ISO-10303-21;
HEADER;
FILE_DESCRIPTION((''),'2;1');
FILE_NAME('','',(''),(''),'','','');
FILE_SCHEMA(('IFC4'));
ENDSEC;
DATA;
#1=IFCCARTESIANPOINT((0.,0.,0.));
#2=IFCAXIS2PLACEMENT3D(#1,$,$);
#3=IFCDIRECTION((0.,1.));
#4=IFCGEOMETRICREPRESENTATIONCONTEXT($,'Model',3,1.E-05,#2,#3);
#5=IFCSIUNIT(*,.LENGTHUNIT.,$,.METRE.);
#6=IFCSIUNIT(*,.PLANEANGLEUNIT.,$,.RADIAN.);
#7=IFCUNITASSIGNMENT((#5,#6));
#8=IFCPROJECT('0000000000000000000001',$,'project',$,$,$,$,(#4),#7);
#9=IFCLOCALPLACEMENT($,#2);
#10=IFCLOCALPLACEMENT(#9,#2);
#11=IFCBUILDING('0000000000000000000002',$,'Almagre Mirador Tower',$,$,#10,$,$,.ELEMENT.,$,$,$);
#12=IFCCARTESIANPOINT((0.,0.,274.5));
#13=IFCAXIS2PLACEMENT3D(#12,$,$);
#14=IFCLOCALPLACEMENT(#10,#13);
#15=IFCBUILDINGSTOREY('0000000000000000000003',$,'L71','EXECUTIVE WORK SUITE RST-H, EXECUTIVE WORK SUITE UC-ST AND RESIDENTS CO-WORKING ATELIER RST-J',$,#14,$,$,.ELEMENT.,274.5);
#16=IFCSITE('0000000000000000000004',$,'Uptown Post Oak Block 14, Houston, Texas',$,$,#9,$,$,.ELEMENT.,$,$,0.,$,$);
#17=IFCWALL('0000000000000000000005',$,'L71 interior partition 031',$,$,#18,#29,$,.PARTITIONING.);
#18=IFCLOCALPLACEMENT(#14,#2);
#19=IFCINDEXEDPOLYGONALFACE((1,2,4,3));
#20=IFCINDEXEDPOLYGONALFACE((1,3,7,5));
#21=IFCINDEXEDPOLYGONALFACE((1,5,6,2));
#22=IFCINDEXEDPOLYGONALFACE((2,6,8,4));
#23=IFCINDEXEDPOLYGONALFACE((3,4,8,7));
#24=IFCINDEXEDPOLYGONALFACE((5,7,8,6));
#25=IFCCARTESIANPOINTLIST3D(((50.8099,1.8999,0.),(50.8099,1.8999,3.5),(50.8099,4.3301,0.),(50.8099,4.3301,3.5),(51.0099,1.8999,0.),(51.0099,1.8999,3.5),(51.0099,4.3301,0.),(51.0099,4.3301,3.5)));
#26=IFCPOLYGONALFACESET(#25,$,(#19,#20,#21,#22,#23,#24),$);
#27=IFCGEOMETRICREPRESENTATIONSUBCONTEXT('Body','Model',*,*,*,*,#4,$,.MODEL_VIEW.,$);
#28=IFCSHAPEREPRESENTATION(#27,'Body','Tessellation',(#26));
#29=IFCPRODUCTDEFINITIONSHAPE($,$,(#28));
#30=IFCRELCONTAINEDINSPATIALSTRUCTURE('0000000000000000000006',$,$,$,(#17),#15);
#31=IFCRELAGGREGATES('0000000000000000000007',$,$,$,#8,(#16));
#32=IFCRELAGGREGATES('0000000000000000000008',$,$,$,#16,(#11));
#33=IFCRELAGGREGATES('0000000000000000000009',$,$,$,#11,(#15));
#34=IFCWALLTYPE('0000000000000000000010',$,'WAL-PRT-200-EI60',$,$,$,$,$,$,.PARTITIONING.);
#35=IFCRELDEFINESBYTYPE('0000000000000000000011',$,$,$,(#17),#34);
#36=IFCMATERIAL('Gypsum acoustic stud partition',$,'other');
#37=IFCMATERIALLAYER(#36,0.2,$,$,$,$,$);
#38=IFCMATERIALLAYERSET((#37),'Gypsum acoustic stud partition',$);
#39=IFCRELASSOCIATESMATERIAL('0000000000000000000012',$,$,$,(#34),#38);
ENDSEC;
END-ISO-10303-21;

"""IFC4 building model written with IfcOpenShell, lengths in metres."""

from ifc_helpers import new_model, si_unit, direction, frame, frame_2d, origin, place, context, subcontext, project, spatial, rectangle, extrude, material, layer, layer_set, type_object, element, save


model = new_model("IFC4")

# Units and contexts
model_context = context("Model", 3, precision=1e-05, world=origin(), true_north=direction((0.0, 1.0)))
body_context = subcontext(model_context, "Body", "Model", "MODEL_VIEW")
ifc_project = project(units=[si_unit("LENGTHUNIT", "METRE"), si_unit("PLANEANGLEUNIT", "RADIAN")], contexts=[model_context])

# Site, building, storey
site_placement = place(None, origin())
site = spatial("IfcSite", under=ifc_project, at=site_placement, Name="Uptown Post Oak Block 14, Houston, Texas", CompositionType="ELEMENT", RefElevation=0.0)
building_placement = place(site_placement, origin())
building = spatial("IfcBuilding", under=site, at=building_placement, Name="Almagre Mirador Tower", CompositionType="ELEMENT")
storey_placement = place(building_placement, frame((0.0, 0.0, 274.5)))
storey = spatial("IfcBuildingStorey", under=building, at=storey_placement, Name="L71", Description="EXECUTIVE WORK SUITE RST-H, EXECUTIVE WORK SUITE UC-ST AND RESIDENTS CO-WORKING ATELIER RST-J", CompositionType="ELEMENT", Elevation=274.5)

# Wall
ifc_material_1 = material(Name="Gypsum acoustic stud partition", Category="other")
ifc_layer_1 = layer(ifc_material_1, 0.2)
ifc_layer_set_1 = layer_set([ifc_layer_1], Name="Gypsum acoustic stud partition")
wall_type_1 = type_object("IfcWallType", Name="WAL-PRT-200-EI60", PredefinedType="PARTITIONING", material=ifc_layer_set_1)
wall_1_placement = place(storey_placement, frame((50.9099, 1.8999, 0.0), z_axis=(0.0, 0.0, 1.0), x_axis=(0.0, 1.0, 0.0)))
element("IfcWall", 1, at=wall_1_placement, inside=storey, type_object=wall_type_1, Name="L71 interior partition 031", PredefinedType="PARTITIONING", context=body_context, shape_type="SweptSolid", body=[
    extrude(rectangle(XDim=2.4302, YDim=0.2, at=frame_2d((1.2151, 0.0))), origin(), (0.0, 0.0, 1.0), 3.5),
])

save(model, "model.ifc")
